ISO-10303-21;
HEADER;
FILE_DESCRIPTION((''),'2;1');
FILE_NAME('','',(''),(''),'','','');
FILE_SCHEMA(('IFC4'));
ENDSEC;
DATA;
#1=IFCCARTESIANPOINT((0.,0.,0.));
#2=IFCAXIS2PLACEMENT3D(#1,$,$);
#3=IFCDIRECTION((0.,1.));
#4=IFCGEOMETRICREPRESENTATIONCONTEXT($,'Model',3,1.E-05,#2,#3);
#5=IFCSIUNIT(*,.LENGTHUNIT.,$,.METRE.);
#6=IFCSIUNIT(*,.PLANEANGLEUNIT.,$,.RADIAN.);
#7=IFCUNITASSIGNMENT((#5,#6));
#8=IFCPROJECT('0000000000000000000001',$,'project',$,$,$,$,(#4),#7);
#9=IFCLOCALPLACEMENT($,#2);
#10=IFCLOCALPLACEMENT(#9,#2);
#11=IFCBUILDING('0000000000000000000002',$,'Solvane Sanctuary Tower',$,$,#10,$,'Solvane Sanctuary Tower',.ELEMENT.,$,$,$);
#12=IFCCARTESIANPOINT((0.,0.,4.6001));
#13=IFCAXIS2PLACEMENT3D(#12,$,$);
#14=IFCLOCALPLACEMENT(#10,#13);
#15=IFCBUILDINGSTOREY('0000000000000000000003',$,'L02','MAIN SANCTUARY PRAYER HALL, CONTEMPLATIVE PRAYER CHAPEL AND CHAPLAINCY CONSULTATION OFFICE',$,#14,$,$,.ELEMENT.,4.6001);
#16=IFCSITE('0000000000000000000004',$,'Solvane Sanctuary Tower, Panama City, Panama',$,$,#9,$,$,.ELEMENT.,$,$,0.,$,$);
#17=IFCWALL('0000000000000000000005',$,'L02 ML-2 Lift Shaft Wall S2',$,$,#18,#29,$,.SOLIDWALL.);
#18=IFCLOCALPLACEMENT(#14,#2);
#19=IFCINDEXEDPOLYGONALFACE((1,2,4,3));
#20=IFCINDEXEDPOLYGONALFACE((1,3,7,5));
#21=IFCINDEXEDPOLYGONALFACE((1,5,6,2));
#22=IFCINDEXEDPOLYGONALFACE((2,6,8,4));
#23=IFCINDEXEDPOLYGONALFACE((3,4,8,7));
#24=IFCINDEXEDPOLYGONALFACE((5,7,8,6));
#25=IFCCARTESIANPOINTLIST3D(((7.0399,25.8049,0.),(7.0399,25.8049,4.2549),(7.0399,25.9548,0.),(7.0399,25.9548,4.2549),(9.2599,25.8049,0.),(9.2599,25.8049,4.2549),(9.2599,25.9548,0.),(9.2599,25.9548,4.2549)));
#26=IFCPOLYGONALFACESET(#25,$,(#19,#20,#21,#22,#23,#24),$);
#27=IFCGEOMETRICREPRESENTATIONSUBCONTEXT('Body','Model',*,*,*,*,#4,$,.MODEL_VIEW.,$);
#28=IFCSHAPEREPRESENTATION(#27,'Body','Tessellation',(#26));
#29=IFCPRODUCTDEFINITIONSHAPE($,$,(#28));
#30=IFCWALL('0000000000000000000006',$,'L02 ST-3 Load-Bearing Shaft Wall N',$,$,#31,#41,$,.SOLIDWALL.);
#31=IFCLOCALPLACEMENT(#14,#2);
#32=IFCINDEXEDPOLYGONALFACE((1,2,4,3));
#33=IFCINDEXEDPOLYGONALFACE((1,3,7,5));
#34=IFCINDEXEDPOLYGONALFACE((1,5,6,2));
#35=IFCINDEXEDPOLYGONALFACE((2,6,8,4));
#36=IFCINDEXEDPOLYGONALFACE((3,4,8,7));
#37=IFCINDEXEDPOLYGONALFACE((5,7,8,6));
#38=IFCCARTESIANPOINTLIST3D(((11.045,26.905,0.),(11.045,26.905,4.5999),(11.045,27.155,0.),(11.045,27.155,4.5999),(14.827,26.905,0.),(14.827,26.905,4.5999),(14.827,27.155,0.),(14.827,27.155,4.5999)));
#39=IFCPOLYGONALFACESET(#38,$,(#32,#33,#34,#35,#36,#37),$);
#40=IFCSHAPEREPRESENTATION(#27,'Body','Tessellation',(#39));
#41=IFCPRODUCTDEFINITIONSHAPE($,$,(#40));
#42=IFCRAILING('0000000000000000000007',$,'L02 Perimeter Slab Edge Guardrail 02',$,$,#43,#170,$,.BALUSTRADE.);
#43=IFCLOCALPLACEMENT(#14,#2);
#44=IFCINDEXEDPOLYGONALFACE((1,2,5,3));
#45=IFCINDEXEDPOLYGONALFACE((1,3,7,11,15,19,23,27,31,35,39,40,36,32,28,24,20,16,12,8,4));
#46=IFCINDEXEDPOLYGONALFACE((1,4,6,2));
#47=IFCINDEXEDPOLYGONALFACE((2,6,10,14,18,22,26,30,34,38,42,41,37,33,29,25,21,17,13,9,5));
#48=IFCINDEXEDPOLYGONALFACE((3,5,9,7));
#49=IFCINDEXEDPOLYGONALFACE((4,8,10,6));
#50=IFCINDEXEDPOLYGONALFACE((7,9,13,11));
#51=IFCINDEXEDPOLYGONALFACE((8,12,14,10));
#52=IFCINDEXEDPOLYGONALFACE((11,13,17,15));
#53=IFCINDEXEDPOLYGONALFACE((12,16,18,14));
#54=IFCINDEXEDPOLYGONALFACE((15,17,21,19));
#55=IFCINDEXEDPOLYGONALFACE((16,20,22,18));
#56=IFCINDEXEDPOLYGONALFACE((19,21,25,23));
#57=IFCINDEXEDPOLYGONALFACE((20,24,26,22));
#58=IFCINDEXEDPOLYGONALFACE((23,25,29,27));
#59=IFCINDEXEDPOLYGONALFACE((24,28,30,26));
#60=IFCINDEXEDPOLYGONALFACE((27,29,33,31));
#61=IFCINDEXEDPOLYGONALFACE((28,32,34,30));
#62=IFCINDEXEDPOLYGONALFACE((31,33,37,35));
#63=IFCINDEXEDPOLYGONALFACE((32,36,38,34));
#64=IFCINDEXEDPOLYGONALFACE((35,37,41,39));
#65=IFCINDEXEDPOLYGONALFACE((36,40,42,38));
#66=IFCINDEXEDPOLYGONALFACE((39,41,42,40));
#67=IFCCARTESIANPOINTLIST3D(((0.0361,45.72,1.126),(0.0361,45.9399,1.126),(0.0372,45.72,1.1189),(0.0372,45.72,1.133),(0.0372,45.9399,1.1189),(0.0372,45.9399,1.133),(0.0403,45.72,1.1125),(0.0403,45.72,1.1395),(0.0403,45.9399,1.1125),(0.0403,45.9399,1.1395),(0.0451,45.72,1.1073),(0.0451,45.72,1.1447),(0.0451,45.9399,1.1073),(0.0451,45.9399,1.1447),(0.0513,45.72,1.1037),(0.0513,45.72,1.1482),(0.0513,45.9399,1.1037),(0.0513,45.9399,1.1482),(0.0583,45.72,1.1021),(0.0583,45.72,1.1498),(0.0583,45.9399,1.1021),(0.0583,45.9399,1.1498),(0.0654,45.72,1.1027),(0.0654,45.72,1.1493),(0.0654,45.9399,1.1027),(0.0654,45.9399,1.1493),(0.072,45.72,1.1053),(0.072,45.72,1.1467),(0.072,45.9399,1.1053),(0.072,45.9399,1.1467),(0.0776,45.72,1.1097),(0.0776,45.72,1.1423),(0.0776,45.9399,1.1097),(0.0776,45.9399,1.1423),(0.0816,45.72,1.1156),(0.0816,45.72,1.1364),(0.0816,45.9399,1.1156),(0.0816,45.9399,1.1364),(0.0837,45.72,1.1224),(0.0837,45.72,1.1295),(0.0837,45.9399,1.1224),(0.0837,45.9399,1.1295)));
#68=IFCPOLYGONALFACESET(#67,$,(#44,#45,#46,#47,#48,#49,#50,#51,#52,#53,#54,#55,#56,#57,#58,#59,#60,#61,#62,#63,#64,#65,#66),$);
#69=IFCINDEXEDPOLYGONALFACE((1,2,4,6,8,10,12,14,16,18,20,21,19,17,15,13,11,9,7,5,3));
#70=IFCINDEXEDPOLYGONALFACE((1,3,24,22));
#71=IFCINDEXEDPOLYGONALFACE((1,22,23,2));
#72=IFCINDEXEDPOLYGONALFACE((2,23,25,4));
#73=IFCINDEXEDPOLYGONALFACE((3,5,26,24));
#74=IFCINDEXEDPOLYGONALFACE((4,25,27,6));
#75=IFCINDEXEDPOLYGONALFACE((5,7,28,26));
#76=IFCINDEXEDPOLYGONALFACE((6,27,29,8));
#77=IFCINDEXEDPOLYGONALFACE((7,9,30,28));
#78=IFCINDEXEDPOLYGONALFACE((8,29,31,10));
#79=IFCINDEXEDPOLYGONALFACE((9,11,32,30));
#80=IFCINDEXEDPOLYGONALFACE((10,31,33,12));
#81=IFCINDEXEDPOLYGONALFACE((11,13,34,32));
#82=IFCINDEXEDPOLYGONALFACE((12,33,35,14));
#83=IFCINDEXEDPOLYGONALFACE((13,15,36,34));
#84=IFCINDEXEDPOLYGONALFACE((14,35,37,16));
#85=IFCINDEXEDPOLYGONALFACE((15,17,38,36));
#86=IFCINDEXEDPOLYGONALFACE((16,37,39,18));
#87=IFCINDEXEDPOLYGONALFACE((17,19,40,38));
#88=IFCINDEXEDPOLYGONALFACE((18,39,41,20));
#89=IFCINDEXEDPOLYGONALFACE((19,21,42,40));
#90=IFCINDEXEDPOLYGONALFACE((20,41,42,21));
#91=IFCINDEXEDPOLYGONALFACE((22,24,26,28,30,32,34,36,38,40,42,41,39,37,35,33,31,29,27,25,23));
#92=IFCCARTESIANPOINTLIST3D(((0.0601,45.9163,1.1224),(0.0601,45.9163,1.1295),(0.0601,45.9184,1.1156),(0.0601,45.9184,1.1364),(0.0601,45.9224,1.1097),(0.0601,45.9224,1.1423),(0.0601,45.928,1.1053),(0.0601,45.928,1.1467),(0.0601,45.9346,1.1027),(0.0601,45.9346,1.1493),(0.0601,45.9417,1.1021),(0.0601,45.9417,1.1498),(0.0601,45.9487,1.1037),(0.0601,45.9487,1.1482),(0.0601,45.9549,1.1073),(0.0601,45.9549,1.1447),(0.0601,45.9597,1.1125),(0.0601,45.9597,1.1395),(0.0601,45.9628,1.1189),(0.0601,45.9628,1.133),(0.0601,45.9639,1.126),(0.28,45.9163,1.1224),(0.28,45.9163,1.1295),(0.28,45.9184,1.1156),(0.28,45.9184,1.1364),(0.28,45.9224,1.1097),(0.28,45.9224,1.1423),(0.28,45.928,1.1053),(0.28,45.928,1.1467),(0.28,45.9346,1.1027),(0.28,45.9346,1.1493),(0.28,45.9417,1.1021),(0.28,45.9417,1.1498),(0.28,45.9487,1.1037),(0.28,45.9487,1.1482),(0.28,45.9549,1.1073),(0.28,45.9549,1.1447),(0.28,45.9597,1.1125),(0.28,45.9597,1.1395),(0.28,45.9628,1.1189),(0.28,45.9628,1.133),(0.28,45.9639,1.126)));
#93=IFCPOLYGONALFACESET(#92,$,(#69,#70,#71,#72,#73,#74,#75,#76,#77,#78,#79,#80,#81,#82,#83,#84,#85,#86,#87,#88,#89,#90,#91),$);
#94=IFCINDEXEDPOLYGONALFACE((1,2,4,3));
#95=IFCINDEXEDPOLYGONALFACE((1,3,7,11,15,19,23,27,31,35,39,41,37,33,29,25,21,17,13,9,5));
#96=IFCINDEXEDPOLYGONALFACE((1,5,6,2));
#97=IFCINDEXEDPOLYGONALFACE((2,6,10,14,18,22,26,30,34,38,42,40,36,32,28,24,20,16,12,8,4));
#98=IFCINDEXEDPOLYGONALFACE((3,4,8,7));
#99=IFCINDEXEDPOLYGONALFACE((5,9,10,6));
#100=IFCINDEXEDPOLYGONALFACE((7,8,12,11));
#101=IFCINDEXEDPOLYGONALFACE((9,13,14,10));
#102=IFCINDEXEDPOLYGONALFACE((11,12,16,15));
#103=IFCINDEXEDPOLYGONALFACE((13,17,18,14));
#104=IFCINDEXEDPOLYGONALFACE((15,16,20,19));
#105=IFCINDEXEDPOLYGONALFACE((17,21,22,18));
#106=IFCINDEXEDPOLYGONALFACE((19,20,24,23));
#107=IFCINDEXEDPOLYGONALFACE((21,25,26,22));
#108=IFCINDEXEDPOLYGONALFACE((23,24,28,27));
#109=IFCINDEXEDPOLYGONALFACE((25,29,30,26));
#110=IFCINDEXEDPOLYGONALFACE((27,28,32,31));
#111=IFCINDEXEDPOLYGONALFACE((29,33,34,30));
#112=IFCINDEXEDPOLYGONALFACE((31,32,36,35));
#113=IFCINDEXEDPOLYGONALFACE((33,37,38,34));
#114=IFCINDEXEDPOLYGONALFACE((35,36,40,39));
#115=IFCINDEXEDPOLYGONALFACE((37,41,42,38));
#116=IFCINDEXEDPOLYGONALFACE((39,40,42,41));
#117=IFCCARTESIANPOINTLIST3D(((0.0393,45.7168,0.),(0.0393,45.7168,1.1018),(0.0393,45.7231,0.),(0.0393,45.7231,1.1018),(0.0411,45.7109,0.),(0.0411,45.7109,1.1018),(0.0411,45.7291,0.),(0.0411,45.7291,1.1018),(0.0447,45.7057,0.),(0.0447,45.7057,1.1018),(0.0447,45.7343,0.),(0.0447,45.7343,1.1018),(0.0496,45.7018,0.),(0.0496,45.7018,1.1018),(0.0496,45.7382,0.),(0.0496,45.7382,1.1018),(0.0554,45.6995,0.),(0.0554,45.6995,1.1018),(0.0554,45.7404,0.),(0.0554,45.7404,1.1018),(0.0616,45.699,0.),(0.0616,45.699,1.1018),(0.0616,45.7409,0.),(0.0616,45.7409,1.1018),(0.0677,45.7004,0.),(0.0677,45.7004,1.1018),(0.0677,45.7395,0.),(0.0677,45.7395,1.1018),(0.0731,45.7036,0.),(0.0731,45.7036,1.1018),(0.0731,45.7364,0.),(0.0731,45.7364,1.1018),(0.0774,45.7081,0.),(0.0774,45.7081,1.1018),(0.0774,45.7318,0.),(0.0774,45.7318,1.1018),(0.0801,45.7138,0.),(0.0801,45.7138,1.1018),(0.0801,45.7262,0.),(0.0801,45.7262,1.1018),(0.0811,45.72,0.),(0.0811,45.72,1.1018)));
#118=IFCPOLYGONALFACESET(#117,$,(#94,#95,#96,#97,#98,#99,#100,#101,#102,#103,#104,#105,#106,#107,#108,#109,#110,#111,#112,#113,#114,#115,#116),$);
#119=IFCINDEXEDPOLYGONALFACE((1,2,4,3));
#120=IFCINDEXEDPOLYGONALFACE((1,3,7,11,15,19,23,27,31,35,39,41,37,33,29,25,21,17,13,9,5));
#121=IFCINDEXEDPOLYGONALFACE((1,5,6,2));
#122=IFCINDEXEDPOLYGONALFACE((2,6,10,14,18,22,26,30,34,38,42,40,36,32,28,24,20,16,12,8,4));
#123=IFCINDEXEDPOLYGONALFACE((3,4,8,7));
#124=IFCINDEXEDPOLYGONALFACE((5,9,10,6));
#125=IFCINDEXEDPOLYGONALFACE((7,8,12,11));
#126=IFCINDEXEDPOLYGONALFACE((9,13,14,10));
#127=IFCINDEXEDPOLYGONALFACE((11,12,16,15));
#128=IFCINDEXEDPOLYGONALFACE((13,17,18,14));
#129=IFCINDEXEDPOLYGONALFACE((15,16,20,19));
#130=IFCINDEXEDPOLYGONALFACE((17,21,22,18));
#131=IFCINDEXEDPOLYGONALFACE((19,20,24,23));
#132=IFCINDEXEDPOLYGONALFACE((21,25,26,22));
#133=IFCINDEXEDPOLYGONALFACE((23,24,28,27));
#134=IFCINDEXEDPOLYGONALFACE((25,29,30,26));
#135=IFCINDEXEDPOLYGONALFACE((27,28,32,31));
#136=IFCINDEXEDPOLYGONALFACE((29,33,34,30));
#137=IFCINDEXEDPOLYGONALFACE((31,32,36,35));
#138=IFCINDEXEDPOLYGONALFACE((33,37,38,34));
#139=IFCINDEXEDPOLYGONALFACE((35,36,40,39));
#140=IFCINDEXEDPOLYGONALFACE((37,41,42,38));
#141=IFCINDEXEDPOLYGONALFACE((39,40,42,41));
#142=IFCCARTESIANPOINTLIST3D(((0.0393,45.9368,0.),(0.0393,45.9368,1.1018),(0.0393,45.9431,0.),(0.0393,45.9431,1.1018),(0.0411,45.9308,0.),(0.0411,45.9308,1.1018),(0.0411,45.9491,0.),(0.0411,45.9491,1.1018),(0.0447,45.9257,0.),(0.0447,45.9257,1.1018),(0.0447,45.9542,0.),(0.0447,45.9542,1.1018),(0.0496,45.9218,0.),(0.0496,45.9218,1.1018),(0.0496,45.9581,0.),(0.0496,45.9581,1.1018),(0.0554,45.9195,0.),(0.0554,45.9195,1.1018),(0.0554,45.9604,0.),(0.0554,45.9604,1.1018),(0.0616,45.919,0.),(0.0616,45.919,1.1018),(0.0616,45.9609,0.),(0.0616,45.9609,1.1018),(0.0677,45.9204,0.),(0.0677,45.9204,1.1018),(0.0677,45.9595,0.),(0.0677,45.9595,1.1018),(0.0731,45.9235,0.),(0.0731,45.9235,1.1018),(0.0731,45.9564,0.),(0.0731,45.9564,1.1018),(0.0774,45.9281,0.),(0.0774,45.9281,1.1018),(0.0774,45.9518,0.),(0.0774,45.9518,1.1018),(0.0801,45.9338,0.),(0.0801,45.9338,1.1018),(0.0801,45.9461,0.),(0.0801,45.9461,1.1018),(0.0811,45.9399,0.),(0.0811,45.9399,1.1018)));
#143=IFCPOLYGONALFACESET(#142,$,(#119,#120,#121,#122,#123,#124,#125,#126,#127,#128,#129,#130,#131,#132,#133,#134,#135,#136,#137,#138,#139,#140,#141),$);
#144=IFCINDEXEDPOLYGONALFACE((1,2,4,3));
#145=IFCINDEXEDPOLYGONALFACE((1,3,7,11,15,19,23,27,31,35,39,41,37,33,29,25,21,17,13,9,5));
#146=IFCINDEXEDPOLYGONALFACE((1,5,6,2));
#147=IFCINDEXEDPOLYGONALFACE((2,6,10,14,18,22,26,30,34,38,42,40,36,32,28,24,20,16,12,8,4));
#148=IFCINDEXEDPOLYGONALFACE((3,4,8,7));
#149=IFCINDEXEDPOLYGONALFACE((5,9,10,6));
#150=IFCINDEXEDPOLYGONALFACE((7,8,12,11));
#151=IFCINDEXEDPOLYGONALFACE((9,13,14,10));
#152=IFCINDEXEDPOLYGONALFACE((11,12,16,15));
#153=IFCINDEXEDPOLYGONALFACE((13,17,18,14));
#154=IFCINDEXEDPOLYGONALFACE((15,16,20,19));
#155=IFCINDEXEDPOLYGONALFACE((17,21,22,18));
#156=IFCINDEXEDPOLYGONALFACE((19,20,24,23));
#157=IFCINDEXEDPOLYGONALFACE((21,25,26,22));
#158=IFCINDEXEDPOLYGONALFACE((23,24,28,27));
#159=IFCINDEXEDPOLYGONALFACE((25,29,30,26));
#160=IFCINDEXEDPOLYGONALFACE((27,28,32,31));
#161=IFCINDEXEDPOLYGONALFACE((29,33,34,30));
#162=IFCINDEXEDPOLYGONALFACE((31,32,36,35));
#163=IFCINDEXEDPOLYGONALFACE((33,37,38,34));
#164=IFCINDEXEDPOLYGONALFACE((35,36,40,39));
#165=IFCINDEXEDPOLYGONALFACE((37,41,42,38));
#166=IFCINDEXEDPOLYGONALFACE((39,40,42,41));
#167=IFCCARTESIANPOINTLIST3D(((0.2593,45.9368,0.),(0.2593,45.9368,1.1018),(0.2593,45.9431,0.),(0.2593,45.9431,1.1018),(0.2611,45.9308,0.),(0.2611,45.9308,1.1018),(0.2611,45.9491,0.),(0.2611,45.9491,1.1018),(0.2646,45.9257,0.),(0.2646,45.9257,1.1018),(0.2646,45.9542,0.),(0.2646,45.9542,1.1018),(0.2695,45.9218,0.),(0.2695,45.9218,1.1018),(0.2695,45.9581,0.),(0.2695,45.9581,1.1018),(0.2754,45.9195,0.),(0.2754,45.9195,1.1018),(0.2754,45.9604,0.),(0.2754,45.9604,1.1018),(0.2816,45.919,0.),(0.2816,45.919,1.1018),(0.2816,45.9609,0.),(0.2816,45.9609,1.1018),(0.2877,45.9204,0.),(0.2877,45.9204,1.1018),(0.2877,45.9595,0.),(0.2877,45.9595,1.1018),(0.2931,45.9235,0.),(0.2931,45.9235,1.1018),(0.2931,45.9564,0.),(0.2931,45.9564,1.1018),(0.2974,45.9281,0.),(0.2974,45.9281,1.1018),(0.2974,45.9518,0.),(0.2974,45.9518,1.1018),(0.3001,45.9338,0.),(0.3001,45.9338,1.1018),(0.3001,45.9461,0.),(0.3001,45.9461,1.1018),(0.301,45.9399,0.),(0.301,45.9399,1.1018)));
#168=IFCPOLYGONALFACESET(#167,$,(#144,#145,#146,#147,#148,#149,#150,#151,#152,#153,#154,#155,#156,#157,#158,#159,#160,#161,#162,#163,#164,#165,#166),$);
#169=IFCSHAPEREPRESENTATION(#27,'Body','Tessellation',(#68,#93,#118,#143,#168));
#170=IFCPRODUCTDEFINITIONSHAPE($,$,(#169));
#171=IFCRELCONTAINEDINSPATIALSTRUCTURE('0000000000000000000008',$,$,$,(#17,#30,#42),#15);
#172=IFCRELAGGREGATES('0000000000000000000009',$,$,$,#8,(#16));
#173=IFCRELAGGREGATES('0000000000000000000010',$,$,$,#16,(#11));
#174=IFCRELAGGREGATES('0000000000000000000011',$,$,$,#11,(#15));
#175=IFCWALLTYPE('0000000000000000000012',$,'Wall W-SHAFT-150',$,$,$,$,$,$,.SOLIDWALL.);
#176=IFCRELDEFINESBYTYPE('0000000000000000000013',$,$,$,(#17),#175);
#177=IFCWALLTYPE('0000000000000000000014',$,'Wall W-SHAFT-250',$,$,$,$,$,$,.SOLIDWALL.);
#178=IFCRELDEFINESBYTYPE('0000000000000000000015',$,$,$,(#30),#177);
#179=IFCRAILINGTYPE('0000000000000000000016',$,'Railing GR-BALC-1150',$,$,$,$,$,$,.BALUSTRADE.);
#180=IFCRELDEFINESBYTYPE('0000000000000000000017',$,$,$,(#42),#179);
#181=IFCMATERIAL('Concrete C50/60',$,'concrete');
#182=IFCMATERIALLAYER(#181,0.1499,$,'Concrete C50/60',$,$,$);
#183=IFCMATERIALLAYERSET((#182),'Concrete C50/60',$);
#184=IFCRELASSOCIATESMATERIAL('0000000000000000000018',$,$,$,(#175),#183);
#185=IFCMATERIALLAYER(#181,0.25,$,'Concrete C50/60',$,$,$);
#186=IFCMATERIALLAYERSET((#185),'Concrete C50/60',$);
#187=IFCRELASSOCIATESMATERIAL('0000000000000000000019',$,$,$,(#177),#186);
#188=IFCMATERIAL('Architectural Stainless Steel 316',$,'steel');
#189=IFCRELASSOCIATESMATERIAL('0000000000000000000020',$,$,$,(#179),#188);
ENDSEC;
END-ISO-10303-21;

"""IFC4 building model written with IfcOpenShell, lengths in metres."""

from ifc_helpers import new_model, si_unit, direction, frame, frame_2d, origin, origin_2d, place, context, subcontext, project, spatial, rectangle, circle, extrude, material, layer, layer_set, type_object, element, save


model = new_model("IFC4")

# Units and contexts
model_context = context("Model", 3, precision=1e-05, world=origin(), true_north=direction((0.0, 1.0)))
body_context = subcontext(model_context, "Body", "Model", "MODEL_VIEW")
ifc_project = project(units=[si_unit("LENGTHUNIT", "METRE"), si_unit("PLANEANGLEUNIT", "RADIAN")], contexts=[model_context])

# Site, building, storey
site_placement = place(None, origin())
site = spatial("IfcSite", under=ifc_project, at=site_placement, Name="Solvane Sanctuary Tower, Panama City, Panama", CompositionType="ELEMENT", RefElevation=0.0)
building_placement = place(site_placement, origin())
building = spatial("IfcBuilding", under=site, at=building_placement, Name="Solvane Sanctuary Tower", LongName="Solvane Sanctuary Tower", CompositionType="ELEMENT")
storey_placement = place(building_placement, frame((0.0, 0.0, 4.6001)))
storey = spatial("IfcBuildingStorey", under=building, at=storey_placement, Name="L02", Description="MAIN SANCTUARY PRAYER HALL, CONTEMPLATIVE PRAYER CHAPEL AND CHAPLAINCY CONSULTATION OFFICE", CompositionType="ELEMENT", Elevation=4.6001)

# Shared definitions
ifc_material_1 = material(Name="Architectural Stainless Steel 316", Category="steel")

# Walls
ifc_material_2 = material(Name="Concrete C50/60", Category="concrete")
ifc_layer_1 = layer(ifc_material_2, 0.1499, Name="Concrete C50/60")
ifc_layer_set_1 = layer_set([ifc_layer_1], Name="Concrete C50/60")
wall_type_1 = type_object("IfcWallType", Name="Wall W-SHAFT-150", PredefinedType="SOLIDWALL", material=ifc_layer_set_1)
wall_1_placement = place(storey_placement, frame((7.04, 25.8799, 0.0), z_axis=(0.0, 0.0, 1.0), x_axis=(1.0, 0.0, 0.0)))
element("IfcWall", 1, at=wall_1_placement, inside=storey, type_object=wall_type_1, Name="L02 ML-2 Lift Shaft Wall S2", PredefinedType="SOLIDWALL", context=body_context, shape_type="SweptSolid", body=[
    extrude(rectangle(XDim=2.22, YDim=0.1499, at=frame_2d((1.1099, 0.0))), origin(), (0.0, 0.0, 1.0), 4.2549),
])
ifc_layer_2 = layer(ifc_material_2, 0.25, Name="Concrete C50/60")
ifc_layer_set_2 = layer_set([ifc_layer_2], Name="Concrete C50/60")
wall_type_2 = type_object("IfcWallType", Name="Wall W-SHAFT-250", PredefinedType="SOLIDWALL", material=ifc_layer_set_2)
wall_2_placement = place(storey_placement, frame((11.0449, 27.03, 0.0), z_axis=(0.0, 0.0, 1.0), x_axis=(1.0, 0.0, 0.0)))
element("IfcWall", 2, at=wall_2_placement, inside=storey, type_object=wall_type_2, Name="L02 ST-3 Load-Bearing Shaft Wall N", PredefinedType="SOLIDWALL", context=body_context, shape_type="SweptSolid", body=[
    extrude(rectangle(XDim=3.782, YDim=0.25, at=frame_2d((1.8911, 0.0))), origin(), (0.0, 0.0, 1.0), 4.5999),
])

# Railing
railing_type = type_object("IfcRailingType", Name="Railing GR-BALC-1150", PredefinedType="BALUSTRADE", material=ifc_material_1)
railing_placement = place(storey_placement, frame((0.0601, 45.72, 0.0)))
element("IfcRailing", 3, at=railing_placement, inside=storey, type_object=railing_type, Name="L02 Perimeter Slab Edge Guardrail 02", PredefinedType="BALUSTRADE", context=body_context, shape_type="SweptSolid", body=[
    extrude(circle(Radius=0.0239, at=origin_2d()), frame((0.0, 0.0, 1.126), z_axis=(0.0, 1.0, 0.0), x_axis=(-1.0, 0.0, 0.0)), (0.0, 0.0, 1.0), 0.22),
    extrude(circle(Radius=0.0239, at=origin_2d()), frame((0.0, 0.22, 1.126), z_axis=(1.0, 0.0, 0.0), x_axis=(0.0, 1.0, 0.0)), (0.0, 0.0, 1.0), 0.22),
    extrude(circle(Radius=0.021, at=origin_2d()), origin(), (0.0, 0.0, 1.0), 1.1018),
    extrude(circle(Radius=0.021, at=origin_2d()), frame((0.0, 0.22, 0.0)), (0.0, 0.0, 1.0), 1.1018),
    extrude(circle(Radius=0.021, at=origin_2d()), frame((0.22, 0.22, 0.0)), (0.0, 0.0, 1.0), 1.1018),
])

save(model, "model.ifc")
